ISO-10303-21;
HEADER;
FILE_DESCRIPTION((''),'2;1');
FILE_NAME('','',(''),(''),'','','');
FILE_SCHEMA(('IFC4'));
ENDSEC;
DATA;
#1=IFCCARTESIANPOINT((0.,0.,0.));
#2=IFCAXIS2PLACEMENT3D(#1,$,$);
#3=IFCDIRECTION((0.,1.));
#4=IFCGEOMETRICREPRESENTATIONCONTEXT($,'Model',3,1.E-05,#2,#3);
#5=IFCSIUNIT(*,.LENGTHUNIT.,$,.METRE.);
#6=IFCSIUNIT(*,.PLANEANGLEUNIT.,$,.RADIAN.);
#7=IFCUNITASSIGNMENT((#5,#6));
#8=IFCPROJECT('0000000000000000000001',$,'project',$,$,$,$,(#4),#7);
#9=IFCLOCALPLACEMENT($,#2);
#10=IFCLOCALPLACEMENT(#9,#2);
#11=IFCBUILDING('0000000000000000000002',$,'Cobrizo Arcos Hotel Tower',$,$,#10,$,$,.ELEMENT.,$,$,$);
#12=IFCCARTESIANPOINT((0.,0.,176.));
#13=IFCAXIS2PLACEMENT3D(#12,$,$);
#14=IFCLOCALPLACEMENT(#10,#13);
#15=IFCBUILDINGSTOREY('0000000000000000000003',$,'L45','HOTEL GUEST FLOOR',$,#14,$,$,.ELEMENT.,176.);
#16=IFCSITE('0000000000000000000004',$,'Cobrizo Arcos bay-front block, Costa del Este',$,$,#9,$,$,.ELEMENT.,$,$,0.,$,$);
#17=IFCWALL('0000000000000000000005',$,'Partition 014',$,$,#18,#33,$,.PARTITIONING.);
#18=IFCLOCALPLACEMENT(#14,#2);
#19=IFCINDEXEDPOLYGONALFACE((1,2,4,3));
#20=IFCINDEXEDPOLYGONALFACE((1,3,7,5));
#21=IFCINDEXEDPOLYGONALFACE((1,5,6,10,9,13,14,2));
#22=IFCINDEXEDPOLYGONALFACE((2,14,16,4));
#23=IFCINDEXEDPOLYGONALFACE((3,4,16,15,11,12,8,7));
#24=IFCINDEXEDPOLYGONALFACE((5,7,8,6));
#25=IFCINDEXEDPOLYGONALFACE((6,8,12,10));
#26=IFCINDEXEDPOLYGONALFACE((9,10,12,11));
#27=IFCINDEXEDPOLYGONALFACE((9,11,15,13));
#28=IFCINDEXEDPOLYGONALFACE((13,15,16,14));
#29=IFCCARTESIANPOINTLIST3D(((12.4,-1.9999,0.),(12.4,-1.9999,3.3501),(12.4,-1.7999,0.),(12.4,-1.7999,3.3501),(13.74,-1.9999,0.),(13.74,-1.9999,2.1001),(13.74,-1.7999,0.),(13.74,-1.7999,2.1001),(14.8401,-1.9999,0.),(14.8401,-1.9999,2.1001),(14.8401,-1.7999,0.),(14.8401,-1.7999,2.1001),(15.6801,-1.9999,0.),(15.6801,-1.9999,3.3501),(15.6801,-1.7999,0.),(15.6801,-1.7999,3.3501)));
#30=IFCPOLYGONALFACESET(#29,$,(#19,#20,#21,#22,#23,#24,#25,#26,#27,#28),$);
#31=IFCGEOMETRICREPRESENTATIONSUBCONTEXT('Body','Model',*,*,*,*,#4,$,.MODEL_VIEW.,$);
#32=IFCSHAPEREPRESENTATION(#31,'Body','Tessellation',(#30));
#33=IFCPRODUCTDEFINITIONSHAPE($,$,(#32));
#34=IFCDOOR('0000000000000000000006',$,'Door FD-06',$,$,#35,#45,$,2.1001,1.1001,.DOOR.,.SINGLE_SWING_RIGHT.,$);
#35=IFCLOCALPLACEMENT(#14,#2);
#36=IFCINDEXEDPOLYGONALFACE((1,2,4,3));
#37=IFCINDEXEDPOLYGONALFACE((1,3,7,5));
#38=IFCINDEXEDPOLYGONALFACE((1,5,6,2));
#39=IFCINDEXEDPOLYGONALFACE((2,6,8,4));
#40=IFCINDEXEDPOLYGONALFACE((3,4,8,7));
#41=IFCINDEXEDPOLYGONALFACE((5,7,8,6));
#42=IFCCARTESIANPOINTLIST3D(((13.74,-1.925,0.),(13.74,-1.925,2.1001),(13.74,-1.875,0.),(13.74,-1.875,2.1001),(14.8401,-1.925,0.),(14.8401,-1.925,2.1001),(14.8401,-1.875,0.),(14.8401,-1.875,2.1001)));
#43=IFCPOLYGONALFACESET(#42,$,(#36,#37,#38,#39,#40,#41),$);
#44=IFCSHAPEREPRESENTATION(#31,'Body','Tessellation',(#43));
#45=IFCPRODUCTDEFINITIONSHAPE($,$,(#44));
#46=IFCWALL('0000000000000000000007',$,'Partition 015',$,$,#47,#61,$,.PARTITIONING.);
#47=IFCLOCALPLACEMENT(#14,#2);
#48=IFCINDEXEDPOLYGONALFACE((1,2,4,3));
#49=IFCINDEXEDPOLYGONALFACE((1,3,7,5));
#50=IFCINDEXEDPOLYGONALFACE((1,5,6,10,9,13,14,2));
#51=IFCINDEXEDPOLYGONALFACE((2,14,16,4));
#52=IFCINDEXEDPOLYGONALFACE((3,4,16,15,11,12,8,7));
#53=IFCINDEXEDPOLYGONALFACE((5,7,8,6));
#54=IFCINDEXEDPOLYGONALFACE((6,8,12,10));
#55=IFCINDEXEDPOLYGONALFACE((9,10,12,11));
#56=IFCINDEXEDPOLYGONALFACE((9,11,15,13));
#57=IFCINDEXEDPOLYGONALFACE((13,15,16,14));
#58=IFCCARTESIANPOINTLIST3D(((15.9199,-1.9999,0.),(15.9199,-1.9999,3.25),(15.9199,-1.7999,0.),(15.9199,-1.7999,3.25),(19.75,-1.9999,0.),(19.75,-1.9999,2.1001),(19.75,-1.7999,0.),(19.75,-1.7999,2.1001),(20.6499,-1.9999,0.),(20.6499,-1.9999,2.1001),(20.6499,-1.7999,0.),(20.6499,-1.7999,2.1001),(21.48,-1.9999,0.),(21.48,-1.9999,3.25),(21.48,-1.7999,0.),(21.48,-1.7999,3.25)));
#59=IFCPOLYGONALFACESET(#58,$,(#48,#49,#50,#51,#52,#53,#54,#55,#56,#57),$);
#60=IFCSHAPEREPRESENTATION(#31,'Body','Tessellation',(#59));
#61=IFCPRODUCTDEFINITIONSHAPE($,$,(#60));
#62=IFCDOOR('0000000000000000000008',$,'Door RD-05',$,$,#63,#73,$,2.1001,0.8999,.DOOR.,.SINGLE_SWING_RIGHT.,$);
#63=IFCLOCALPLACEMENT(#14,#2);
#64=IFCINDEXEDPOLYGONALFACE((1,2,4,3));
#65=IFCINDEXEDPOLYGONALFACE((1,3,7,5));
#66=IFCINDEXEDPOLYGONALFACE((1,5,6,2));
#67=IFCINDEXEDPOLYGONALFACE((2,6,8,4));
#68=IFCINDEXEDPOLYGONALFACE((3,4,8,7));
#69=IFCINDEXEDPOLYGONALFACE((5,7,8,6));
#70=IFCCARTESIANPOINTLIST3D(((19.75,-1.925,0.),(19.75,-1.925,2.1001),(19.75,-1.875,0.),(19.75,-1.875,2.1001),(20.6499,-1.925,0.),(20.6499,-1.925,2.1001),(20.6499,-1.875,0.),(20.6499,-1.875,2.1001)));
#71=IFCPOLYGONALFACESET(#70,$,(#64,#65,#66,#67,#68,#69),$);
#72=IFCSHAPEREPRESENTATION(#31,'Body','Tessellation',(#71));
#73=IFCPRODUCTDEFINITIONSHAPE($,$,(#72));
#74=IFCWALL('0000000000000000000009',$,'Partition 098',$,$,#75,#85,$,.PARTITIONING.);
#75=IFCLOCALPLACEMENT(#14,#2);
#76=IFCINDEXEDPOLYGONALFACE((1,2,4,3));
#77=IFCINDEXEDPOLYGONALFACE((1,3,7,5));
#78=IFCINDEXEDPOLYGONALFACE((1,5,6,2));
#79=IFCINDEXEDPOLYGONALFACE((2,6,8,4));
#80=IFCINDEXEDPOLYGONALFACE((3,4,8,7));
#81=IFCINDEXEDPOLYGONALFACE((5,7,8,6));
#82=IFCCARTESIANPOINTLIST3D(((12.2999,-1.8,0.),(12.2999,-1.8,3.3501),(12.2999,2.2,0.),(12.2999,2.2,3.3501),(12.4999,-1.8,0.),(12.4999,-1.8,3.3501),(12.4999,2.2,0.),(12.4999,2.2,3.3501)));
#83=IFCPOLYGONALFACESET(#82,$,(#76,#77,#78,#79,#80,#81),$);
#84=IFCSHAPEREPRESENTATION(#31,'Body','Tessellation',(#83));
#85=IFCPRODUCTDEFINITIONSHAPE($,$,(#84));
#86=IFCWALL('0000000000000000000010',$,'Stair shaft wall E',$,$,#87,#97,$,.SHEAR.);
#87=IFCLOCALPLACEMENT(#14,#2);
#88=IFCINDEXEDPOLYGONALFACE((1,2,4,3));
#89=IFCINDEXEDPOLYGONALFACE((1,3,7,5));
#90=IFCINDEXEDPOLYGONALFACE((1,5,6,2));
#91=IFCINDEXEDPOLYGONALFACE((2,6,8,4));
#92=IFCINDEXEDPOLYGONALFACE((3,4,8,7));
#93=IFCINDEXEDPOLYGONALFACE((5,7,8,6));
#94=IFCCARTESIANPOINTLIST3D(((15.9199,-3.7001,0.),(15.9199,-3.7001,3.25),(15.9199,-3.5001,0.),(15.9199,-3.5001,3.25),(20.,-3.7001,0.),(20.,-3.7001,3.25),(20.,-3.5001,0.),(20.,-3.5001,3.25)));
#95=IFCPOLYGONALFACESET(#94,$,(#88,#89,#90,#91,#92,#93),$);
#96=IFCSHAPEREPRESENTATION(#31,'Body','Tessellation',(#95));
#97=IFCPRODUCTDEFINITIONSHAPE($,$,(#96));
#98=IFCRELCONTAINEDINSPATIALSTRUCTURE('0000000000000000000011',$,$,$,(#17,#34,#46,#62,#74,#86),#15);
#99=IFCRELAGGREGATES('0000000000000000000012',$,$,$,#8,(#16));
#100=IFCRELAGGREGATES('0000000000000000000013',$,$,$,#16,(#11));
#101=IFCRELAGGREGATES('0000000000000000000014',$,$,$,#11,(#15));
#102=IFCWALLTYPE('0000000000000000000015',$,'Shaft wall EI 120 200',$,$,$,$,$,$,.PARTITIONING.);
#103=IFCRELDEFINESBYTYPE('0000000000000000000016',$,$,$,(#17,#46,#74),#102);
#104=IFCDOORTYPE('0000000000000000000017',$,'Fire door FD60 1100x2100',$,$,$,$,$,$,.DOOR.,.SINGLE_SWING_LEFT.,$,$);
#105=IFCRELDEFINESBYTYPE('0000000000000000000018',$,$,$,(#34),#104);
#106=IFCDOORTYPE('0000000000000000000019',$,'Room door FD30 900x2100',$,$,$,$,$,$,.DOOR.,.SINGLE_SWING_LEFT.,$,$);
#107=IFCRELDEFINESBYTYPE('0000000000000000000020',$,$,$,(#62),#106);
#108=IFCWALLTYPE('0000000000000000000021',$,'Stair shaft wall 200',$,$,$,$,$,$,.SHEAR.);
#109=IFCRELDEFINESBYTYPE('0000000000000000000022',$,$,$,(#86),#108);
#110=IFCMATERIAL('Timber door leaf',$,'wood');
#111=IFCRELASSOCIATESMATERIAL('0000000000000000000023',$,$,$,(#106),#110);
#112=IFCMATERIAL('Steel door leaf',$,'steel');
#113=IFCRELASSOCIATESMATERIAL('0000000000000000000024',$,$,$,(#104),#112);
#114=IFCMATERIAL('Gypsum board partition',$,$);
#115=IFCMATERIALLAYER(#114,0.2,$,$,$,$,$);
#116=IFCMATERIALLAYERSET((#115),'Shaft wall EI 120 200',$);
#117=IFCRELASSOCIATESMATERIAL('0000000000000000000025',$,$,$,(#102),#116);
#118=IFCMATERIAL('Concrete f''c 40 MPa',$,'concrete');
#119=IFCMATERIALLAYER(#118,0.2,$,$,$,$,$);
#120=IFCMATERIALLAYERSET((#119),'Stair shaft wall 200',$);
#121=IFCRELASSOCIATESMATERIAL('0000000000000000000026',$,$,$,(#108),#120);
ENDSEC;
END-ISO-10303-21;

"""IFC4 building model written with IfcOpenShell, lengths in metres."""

from ifc_helpers import new_model, si_unit, direction, frame, frame_2d, origin, place, context, subcontext, project, spatial, rectangle, extrude, material, layer, layer_set, type_object, element, fill, save


model = new_model("IFC4")

# Units and contexts
model_context = context("Model", 3, precision=1e-05, world=origin(), true_north=direction((0.0, 1.0)))
body_context = subcontext(model_context, "Body", "Model", "MODEL_VIEW")
ifc_project = project(units=[si_unit("LENGTHUNIT", "METRE"), si_unit("PLANEANGLEUNIT", "RADIAN")], contexts=[model_context])

# Site, building, storey
site_placement = place(None, origin())
site = spatial("IfcSite", under=ifc_project, at=site_placement, Name="Cobrizo Arcos bay-front block, Costa del Este", CompositionType="ELEMENT", RefElevation=0.0)
building_placement = place(site_placement, origin())
building = spatial("IfcBuilding", under=site, at=building_placement, Name="Cobrizo Arcos Hotel Tower", CompositionType="ELEMENT")
storey_placement = place(building_placement, frame((0.0, 0.0, 176.0)))
storey = spatial("IfcBuildingStorey", under=building, at=storey_placement, Name="L45", Description="HOTEL GUEST FLOOR", CompositionType="ELEMENT", Elevation=176.0)

# Shared definitions
ifc_material_1 = material(Name="Gypsum board partition")

# Shared definitions
ifc_material_2 = material(Name="Timber door leaf", Category="wood")
door_type_1 = type_object("IfcDoorType", Name="Room door FD30 900x2100", OperationType="SINGLE_SWING_LEFT", PredefinedType="DOOR", material=ifc_material_2)

# Shared definitions
ifc_material_3 = material(Name="Steel door leaf", Category="steel")
door_type_2 = type_object("IfcDoorType", Name="Fire door FD60 1100x2100", OperationType="SINGLE_SWING_LEFT", PredefinedType="DOOR", material=ifc_material_3)

# Walls, openings, doors
ifc_layer_1 = layer(ifc_material_1, 0.2)
ifc_layer_set_1 = layer_set([ifc_layer_1], Name="Shaft wall EI 120 200")
wall_type_1 = type_object("IfcWallType", Name="Shaft wall EI 120 200", PredefinedType="PARTITIONING", material=ifc_layer_set_1)
wall_1_placement = place(storey_placement, frame((12.3999, -1.8999, 0.0), z_axis=(0.0, 0.0, 1.0), x_axis=(1.0, 0.0, 0.0)))
wall_1 = element("IfcWall", 1, at=wall_1_placement, inside=storey, type_object=wall_type_1, Name="Partition 014", PredefinedType="PARTITIONING", context=body_context, shape_type="SweptSolid", body=[
    extrude(rectangle(XDim=3.28, YDim=0.2, at=frame_2d((1.6401, 0.0))), origin(), (0.0, 0.0, 1.0), 3.3501),
])
opening_1_placement = place(wall_1_placement, frame((1.3401, 0.0, 0.0)))
opening_1 = element("IfcOpeningElement", 2, at=opening_1_placement, cuts=wall_1, PredefinedType="OPENING", context=body_context, shape_type="SweptSolid", body=[
    extrude(rectangle(XDim=1.1001, YDim=2.1001, at=frame_2d((0.55, 1.05))), frame((0.0, 0.1121, 0.0), z_axis=(0.0, -1.0, 0.0), x_axis=(1.0, 0.0, 0.0)), (0.0, 0.0, 1.0), 0.2239),
])
door_1_placement = place(opening_1_placement, origin())
door_1 = element("IfcDoor", 3, at=door_1_placement, inside=storey, type_object=door_type_2, Name="Door FD-06", OperationType="SINGLE_SWING_RIGHT", OverallHeight=2.1001, OverallWidth=1.1001, PredefinedType="DOOR", context=body_context, shape_type="SweptSolid", body=[
    extrude(rectangle(XDim=1.1001, YDim=2.1001, at=frame_2d((0.55, 1.05))), frame((0.0, 0.0249, 0.0), z_axis=(0.0, -1.0, 0.0), x_axis=(1.0, 0.0, 0.0)), (0.0, 0.0, 1.0), 0.05),
])
fill(opening_1, door_1)
wall_2_placement = place(storey_placement, frame((15.9199, -1.8999, 0.0), z_axis=(0.0, 0.0, 1.0), x_axis=(1.0, 0.0, 0.0)))
wall_2 = element("IfcWall", 4, at=wall_2_placement, inside=storey, type_object=wall_type_1, Name="Partition 015", PredefinedType="PARTITIONING", context=body_context, shape_type="SweptSolid", body=[
    extrude(rectangle(XDim=5.5601, YDim=0.2, at=frame_2d((2.78, 0.0))), origin(), (0.0, 0.0, 1.0), 3.25),
])
opening_2_placement = place(wall_2_placement, frame((3.8301, 0.0, 0.0)))
opening_2 = element("IfcOpeningElement", 5, at=opening_2_placement, cuts=wall_2, PredefinedType="OPENING", context=body_context, shape_type="SweptSolid", body=[
    extrude(rectangle(XDim=0.8999, YDim=2.1001, at=frame_2d((0.45, 1.05))), frame((0.0, 0.1121, 0.0), z_axis=(0.0, -1.0, 0.0), x_axis=(1.0, 0.0, 0.0)), (0.0, 0.0, 1.0), 0.2239),
])
door_2_placement = place(opening_2_placement, origin())
door_2 = element("IfcDoor", 6, at=door_2_placement, inside=storey, type_object=door_type_1, Name="Door RD-05", OperationType="SINGLE_SWING_RIGHT", OverallHeight=2.1001, OverallWidth=0.8999, PredefinedType="DOOR", context=body_context, shape_type="SweptSolid", body=[
    extrude(rectangle(XDim=0.8999, YDim=2.1001, at=frame_2d((0.45, 1.05))), frame((0.0, 0.0249, 0.0), z_axis=(0.0, -1.0, 0.0), x_axis=(1.0, 0.0, 0.0)), (0.0, 0.0, 1.0), 0.05),
])
fill(opening_2, door_2)

# Walls
wall_3_placement = place(storey_placement, frame((12.3999, -1.8, 0.0), z_axis=(0.0, 0.0, 1.0), x_axis=(0.0, 1.0, 0.0)))
element("IfcWall", 7, at=wall_3_placement, inside=storey, type_object=wall_type_1, Name="Partition 098", PredefinedType="PARTITIONING", context=body_context, shape_type="SweptSolid", body=[
    extrude(rectangle(XDim=4.0, YDim=0.2, at=frame_2d((2.0, 0.0))), origin(), (0.0, 0.0, 1.0), 3.3501),
])
ifc_material_4 = material(Name="Concrete f'c 40 MPa", Category="concrete")
ifc_layer_2 = layer(ifc_material_4, 0.2)
ifc_layer_set_2 = layer_set([ifc_layer_2], Name="Stair shaft wall 200")
wall_type_2 = type_object("IfcWallType", Name="Stair shaft wall 200", PredefinedType="SHEAR", material=ifc_layer_set_2)
wall_4_placement = place(storey_placement, frame((15.9199, -3.6001, 0.0), z_axis=(0.0, 0.0, 1.0), x_axis=(1.0, 0.0, 0.0)))
element("IfcWall", 8, at=wall_4_placement, inside=storey, type_object=wall_type_2, Name="Stair shaft wall E", PredefinedType="SHEAR", context=body_context, shape_type="SweptSolid", body=[
    extrude(rectangle(XDim=4.0801, YDim=0.2, at=frame_2d((2.04, 0.0))), origin(), (0.0, 0.0, 1.0), 3.25),
])

save(model, "model.ifc")
